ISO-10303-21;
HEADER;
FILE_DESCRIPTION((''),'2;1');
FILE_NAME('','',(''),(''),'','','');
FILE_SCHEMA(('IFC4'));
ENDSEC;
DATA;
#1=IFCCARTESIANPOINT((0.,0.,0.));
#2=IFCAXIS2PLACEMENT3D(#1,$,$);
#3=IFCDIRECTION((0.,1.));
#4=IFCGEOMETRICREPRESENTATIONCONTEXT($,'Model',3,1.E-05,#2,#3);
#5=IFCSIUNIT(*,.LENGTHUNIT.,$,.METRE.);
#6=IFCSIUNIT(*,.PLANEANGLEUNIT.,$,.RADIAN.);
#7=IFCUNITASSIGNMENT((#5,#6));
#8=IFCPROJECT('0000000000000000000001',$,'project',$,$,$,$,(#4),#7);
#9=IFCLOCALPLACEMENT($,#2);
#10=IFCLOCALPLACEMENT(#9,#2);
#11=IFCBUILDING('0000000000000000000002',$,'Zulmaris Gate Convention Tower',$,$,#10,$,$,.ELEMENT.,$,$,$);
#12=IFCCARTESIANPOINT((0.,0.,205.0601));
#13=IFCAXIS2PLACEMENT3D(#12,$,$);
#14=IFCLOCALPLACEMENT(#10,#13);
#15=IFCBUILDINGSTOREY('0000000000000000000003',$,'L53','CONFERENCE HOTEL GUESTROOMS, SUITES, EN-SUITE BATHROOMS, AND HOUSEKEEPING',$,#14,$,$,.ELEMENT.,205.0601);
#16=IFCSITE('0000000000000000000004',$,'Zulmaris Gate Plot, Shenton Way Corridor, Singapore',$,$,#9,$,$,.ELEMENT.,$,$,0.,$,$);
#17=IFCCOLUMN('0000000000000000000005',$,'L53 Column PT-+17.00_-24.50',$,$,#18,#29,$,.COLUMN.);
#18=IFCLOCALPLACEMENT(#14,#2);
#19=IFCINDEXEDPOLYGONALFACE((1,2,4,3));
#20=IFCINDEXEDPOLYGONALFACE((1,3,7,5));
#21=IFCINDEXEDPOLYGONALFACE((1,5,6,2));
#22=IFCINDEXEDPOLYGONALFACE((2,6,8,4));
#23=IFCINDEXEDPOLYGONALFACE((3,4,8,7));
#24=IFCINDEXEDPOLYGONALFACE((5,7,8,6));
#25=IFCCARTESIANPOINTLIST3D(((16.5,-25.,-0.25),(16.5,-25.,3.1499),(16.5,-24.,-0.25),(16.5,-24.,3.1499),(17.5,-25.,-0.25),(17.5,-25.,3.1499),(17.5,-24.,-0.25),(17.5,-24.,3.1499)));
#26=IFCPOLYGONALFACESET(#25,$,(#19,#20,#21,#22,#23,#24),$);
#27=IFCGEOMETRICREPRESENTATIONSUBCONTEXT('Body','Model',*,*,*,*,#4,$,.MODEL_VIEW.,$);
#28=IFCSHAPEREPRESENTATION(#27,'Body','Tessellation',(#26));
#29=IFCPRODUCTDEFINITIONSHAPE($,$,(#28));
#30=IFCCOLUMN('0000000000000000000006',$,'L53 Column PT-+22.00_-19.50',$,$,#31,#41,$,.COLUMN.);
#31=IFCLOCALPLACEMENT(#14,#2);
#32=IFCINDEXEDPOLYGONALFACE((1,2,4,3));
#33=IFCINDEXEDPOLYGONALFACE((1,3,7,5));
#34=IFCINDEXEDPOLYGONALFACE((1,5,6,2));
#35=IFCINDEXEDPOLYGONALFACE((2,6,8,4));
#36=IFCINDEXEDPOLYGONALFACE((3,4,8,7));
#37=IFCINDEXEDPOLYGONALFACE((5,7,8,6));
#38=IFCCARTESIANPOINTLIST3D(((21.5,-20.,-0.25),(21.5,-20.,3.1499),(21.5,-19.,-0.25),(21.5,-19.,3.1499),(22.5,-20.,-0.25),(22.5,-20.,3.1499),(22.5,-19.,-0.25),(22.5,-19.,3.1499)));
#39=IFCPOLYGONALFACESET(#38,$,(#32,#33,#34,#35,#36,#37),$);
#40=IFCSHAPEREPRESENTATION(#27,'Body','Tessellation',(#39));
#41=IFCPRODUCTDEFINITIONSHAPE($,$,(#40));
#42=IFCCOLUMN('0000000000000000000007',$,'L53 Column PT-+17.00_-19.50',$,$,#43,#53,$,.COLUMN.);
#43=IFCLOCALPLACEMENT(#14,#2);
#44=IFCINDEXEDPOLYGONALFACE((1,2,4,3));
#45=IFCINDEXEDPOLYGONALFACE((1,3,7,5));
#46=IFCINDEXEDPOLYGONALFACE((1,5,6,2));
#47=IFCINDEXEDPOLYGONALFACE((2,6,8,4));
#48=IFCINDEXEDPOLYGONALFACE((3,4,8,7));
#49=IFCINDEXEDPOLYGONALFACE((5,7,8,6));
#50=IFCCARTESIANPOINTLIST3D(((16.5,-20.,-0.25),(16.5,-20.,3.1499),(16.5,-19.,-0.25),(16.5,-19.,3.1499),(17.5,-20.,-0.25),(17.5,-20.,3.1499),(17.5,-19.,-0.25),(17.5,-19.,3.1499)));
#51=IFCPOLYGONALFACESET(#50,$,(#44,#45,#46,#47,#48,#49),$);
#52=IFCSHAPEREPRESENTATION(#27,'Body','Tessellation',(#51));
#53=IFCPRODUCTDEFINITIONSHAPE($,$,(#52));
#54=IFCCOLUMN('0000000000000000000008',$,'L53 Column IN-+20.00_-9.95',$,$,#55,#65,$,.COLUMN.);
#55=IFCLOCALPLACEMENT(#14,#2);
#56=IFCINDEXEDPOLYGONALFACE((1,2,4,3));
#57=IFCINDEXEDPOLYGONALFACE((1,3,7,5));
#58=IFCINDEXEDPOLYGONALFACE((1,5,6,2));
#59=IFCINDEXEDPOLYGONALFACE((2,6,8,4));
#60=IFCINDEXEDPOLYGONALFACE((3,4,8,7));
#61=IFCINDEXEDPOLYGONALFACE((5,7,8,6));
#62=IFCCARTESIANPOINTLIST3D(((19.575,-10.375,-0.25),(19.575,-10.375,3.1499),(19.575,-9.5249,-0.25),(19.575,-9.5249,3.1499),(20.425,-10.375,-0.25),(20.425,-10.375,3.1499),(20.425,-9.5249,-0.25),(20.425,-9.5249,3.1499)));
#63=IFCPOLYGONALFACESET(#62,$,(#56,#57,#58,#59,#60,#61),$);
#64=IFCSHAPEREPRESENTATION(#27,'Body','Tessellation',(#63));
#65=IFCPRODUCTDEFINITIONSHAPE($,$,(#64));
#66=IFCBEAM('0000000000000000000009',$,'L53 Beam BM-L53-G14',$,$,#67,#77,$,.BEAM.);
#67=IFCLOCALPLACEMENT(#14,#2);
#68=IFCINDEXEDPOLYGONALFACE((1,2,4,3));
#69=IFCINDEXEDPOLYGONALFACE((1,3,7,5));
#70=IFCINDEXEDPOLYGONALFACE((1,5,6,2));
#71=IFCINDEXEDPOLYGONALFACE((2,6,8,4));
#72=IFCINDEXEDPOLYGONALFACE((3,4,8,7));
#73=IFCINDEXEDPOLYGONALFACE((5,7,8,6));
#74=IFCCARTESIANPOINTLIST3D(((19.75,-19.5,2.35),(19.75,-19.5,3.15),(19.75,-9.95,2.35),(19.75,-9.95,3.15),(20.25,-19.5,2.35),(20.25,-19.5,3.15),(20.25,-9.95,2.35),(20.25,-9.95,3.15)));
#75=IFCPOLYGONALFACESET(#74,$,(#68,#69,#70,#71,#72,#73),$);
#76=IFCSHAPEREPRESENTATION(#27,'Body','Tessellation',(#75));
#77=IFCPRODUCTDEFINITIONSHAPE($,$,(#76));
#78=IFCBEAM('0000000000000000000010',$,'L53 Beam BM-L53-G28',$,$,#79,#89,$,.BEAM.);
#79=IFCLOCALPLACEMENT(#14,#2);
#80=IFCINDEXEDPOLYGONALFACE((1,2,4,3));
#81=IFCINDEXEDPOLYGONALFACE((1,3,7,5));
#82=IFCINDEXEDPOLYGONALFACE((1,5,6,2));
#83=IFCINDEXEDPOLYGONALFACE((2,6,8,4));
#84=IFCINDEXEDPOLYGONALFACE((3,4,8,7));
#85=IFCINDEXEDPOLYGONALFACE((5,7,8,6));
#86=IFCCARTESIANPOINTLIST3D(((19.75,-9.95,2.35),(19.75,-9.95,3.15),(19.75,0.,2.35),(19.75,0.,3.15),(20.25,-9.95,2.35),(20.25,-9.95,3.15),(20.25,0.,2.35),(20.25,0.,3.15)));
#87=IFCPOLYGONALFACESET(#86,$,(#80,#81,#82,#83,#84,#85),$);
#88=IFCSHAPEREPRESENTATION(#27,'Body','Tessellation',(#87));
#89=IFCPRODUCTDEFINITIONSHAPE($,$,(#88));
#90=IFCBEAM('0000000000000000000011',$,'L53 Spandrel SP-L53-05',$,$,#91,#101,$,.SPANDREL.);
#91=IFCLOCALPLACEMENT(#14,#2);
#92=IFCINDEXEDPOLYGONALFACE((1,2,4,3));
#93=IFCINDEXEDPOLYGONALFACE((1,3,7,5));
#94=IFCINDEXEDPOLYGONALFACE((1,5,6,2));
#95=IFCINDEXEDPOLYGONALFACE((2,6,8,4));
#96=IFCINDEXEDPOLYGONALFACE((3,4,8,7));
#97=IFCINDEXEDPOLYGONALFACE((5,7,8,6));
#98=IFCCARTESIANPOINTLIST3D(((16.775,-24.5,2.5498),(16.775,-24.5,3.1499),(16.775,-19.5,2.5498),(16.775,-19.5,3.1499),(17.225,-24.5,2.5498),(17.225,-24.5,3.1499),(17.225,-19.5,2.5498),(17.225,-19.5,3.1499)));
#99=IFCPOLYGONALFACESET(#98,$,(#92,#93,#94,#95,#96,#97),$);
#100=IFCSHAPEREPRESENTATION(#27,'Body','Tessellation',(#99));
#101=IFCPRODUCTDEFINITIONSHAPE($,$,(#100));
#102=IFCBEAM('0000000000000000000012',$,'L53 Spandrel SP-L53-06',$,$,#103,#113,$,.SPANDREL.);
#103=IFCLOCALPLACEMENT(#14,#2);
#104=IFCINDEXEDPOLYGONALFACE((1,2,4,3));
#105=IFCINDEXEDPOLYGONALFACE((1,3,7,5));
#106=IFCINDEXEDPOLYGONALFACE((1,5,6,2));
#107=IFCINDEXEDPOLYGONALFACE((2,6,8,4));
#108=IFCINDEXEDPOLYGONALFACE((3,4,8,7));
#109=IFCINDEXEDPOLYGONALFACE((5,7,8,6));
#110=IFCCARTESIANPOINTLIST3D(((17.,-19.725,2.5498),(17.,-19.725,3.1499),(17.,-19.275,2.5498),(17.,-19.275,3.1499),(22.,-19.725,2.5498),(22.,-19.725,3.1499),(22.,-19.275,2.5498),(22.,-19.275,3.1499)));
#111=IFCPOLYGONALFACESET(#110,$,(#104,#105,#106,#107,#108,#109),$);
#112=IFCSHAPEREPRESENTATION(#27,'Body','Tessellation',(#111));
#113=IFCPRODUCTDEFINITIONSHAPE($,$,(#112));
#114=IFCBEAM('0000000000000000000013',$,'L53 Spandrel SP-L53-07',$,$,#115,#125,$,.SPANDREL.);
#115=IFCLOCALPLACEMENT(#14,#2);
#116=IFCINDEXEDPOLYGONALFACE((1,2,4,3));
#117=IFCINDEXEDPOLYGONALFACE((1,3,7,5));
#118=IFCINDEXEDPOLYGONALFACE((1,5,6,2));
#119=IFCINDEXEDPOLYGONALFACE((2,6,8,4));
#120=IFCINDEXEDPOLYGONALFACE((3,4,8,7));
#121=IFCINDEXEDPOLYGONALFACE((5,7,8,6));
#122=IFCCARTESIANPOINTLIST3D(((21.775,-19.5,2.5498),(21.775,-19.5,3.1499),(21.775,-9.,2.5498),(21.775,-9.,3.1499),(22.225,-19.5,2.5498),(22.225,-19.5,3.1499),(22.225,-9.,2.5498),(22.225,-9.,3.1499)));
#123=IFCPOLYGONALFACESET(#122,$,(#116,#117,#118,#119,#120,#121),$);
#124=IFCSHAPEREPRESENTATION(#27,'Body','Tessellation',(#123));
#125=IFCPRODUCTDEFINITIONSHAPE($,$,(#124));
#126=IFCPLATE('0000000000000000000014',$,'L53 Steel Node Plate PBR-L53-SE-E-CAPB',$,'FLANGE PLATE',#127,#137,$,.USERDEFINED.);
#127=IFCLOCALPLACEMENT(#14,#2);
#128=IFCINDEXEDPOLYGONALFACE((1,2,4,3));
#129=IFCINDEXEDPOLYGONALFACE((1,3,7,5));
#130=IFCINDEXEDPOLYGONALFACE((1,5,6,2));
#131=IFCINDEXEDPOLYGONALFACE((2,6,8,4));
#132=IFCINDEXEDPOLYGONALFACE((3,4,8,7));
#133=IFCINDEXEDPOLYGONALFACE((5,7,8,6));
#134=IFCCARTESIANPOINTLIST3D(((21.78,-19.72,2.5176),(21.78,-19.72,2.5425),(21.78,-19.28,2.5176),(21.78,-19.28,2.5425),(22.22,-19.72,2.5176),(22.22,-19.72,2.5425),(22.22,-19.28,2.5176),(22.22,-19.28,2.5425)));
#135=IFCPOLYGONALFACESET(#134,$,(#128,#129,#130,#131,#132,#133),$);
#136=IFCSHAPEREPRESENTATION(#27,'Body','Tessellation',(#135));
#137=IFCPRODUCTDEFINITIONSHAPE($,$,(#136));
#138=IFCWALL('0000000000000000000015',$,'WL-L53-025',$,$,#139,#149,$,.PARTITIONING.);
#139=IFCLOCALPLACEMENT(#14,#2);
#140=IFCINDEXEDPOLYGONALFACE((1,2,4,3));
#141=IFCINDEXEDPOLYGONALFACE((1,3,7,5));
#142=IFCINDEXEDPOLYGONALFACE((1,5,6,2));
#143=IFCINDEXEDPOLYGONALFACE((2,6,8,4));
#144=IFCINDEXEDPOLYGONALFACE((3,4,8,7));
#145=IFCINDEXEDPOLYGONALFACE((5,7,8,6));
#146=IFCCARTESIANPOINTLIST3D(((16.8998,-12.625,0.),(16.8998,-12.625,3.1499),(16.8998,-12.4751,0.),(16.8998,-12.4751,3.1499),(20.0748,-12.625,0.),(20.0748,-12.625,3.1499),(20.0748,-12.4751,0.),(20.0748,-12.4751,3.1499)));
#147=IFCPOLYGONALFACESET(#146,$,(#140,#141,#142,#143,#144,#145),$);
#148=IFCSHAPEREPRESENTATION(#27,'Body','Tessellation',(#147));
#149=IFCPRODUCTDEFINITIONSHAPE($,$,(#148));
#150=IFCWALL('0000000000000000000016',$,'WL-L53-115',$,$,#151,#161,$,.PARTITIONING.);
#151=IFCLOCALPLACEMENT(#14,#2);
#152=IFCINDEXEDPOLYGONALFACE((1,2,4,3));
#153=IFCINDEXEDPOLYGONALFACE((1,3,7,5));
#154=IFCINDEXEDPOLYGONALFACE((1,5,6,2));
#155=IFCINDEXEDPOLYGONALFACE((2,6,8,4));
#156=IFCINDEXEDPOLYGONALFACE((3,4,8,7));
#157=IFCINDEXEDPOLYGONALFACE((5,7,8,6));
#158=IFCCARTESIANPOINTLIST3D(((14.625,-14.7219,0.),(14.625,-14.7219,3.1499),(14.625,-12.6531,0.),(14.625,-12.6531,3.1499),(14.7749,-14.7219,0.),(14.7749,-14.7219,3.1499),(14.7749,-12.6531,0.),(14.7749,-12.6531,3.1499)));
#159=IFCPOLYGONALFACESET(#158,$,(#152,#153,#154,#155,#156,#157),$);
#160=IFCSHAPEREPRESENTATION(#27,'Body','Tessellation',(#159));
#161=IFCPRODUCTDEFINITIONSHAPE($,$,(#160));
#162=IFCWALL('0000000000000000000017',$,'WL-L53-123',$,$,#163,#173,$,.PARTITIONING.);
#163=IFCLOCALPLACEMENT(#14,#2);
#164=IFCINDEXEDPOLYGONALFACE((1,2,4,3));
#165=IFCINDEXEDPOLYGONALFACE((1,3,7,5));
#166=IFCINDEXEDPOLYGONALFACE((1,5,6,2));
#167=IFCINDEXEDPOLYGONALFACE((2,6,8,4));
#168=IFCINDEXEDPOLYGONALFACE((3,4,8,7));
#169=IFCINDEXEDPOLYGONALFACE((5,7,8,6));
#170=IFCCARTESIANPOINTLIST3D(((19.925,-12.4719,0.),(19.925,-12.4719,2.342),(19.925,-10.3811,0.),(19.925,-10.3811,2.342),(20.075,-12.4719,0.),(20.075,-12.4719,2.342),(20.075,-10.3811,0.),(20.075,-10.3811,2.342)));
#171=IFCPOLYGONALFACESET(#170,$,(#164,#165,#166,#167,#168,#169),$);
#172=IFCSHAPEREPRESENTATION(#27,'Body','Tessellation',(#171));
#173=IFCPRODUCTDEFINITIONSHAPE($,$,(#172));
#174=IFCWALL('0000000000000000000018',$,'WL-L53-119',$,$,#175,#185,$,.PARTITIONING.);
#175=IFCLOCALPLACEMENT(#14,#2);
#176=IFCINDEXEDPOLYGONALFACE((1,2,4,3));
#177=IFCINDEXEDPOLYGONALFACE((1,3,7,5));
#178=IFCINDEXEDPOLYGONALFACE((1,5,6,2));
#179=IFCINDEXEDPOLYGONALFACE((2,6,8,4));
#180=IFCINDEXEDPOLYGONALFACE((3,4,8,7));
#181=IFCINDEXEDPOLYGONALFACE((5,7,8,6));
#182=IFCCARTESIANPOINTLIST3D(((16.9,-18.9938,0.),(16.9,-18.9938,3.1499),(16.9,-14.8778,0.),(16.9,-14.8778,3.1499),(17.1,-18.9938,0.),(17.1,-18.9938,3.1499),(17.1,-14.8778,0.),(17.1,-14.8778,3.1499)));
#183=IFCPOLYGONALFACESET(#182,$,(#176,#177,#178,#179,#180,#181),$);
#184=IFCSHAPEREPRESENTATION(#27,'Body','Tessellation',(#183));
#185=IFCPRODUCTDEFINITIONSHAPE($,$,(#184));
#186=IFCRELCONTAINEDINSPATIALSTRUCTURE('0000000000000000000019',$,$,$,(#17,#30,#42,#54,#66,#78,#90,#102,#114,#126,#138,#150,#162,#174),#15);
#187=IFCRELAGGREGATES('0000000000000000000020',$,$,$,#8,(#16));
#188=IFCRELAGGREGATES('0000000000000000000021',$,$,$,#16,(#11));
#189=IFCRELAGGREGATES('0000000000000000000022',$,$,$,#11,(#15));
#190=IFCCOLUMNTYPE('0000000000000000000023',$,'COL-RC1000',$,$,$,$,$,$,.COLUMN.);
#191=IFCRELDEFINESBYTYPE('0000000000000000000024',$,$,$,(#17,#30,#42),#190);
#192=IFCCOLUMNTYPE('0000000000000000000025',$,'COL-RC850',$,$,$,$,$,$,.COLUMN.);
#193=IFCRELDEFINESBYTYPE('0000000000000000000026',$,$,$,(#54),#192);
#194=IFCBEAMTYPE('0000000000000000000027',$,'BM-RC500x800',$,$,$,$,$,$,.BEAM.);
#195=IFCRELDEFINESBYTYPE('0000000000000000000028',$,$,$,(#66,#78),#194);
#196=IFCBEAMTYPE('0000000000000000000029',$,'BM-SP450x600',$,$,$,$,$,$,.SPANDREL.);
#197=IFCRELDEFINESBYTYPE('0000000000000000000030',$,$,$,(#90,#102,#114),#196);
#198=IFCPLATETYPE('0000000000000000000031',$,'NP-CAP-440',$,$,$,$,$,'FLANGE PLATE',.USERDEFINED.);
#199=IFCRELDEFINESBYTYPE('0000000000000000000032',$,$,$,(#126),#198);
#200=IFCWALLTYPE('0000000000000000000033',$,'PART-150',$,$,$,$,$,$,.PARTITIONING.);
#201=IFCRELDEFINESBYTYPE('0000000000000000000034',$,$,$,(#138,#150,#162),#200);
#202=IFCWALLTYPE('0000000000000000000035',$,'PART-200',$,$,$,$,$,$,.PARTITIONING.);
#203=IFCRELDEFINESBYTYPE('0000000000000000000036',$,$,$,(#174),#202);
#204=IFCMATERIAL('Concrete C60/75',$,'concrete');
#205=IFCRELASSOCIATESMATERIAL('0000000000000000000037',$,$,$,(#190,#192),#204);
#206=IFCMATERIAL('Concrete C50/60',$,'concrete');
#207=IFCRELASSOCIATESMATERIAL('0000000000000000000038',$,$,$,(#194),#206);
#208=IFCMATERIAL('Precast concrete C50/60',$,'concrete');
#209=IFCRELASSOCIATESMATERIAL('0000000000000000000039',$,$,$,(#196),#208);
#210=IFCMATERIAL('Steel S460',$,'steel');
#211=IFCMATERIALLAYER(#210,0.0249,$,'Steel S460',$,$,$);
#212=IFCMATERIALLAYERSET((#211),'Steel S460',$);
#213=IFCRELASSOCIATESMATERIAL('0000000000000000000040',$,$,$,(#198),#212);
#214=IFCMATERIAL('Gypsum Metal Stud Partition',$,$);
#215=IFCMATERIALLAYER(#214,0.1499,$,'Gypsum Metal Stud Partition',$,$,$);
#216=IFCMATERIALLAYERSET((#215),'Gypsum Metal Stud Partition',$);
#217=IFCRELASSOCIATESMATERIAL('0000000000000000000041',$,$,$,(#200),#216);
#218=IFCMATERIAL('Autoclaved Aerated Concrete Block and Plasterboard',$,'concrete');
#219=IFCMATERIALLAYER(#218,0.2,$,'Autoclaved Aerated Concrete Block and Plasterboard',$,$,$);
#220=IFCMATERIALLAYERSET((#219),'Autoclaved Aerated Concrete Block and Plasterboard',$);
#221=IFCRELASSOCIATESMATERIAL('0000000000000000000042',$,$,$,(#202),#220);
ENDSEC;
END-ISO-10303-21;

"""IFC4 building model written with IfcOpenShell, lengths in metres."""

from ifc_helpers import new_model, si_unit, direction, frame, frame_2d, origin, origin_2d, place, context, subcontext, project, spatial, rectangle, extrude, material, layer, layer_set, material_profile, profile_set, type_object, element, save


model = new_model("IFC4")

# Units and contexts
model_context = context("Model", 3, precision=1e-05, world=origin(), true_north=direction((0.0, 1.0)))
body_context = subcontext(model_context, "Body", "Model", "MODEL_VIEW")
ifc_project = project(units=[si_unit("LENGTHUNIT", "METRE"), si_unit("PLANEANGLEUNIT", "RADIAN")], contexts=[model_context])

# Site, building, storey
site_placement = place(None, origin())
site = spatial("IfcSite", under=ifc_project, at=site_placement, Name="Zulmaris Gate Plot, Shenton Way Corridor, Singapore", CompositionType="ELEMENT", RefElevation=0.0)
building_placement = place(site_placement, origin())
building = spatial("IfcBuilding", under=site, at=building_placement, Name="Zulmaris Gate Convention Tower", CompositionType="ELEMENT")
storey_placement = place(building_placement, frame((0.0, 0.0, 205.0601)))
storey = spatial("IfcBuildingStorey", under=building, at=storey_placement, Name="L53", Description="CONFERENCE HOTEL GUESTROOMS, SUITES, EN-SUITE BATHROOMS, AND HOUSEKEEPING", CompositionType="ELEMENT", Elevation=205.0601)

# Columns
ifc_material_1 = material(Name="Concrete C60/75", Category="concrete")
ifc_material_profile_1 = material_profile(ifc_material_1, rectangle(XDim=1.0, YDim=1.0, at=origin_2d()), Name="RC COL 1000x1000")
ifc_profile_set_1 = profile_set([ifc_material_profile_1], Name="Concrete C60/75")
column_type_1 = type_object("IfcColumnType", Name="COL-RC1000", PredefinedType="COLUMN", material=ifc_profile_set_1)
for number, where, z_axis, x_axis, name in (
    (1, (17.0, -24.5, -0.25), (0.0, 0.0, 1.0), (1.0, 0.0, 0.0), "L53 Column PT-+17.00_-24.50"),
    (2, (22.0, -19.5, -0.25), (0.0, 0.0, 1.0), (1.0, 0.0, 0.0), "L53 Column PT-+22.00_-19.50"),
    (3, (17.0, -19.5, -0.25), (0.0, 0.0, 1.0), (1.0, 0.0, 0.0), "L53 Column PT-+17.00_-19.50"),
):
    element("IfcColumn", number, at=place(storey_placement, frame(where, z_axis=z_axis, x_axis=x_axis)), inside=storey, type_object=column_type_1, Name=name, PredefinedType="COLUMN", context=body_context, shape_type="SweptSolid", body=[
        extrude(rectangle(XDim=1.0, YDim=1.0, at=origin_2d()), origin(), (0.0, 0.0, 1.0), 3.3999),
    ])
ifc_material_profile_2 = material_profile(ifc_material_1, rectangle(XDim=0.8501, YDim=0.8501, at=origin_2d()), Name="RC COL 850x850")
ifc_profile_set_2 = profile_set([ifc_material_profile_2], Name="Concrete C60/75")
column_type_2 = type_object("IfcColumnType", Name="COL-RC850", PredefinedType="COLUMN", material=ifc_profile_set_2)
column_placement = place(storey_placement, frame((20.0, -9.95, -0.25), z_axis=(0.0, 0.0, 1.0), x_axis=(1.0, 0.0, 0.0)))
element("IfcColumn", 4, at=column_placement, inside=storey, type_object=column_type_2, Name="L53 Column IN-+20.00_-9.95", PredefinedType="COLUMN", context=body_context, shape_type="SweptSolid", body=[
    extrude(rectangle(XDim=0.8501, YDim=0.8501, at=origin_2d()), origin(), (0.0, 0.0, 1.0), 3.3999),
])

# Beams
ifc_material_2 = material(Name="Concrete C50/60", Category="concrete")
ifc_material_profile_3 = material_profile(ifc_material_2, rectangle(XDim=0.5, YDim=0.8, at=origin_2d()), Name="RC BEAM 500x800")
ifc_profile_set_3 = profile_set([ifc_material_profile_3], Name="Concrete C50/60")
beam_type_1 = type_object("IfcBeamType", Name="BM-RC500x800", PredefinedType="BEAM", material=ifc_profile_set_3)
beam_1_placement = place(storey_placement, frame((20.0, -19.5, 2.75), z_axis=(0.0, 1.0, 0.0), x_axis=(-1.0, 0.0, 0.0)))
element("IfcBeam", 5, at=beam_1_placement, inside=storey, type_object=beam_type_1, Name="L53 Beam BM-L53-G14", PredefinedType="BEAM", context=body_context, shape_type="SweptSolid", body=[
    extrude(rectangle(XDim=0.5, YDim=0.8, at=origin_2d()), origin(), (0.0, 0.0, 1.0), 9.55),
])
beam_2_placement = place(storey_placement, frame((20.0, -9.95, 2.75), z_axis=(0.0, 1.0, 0.0), x_axis=(-1.0, 0.0, 0.0)))
element("IfcBeam", 6, at=beam_2_placement, inside=storey, type_object=beam_type_1, Name="L53 Beam BM-L53-G28", PredefinedType="BEAM", context=body_context, shape_type="SweptSolid", body=[
    extrude(rectangle(XDim=0.5, YDim=0.8, at=origin_2d()), origin(), (0.0, 0.0, 1.0), 9.95),
])
ifc_material_3 = material(Name="Precast concrete C50/60", Category="concrete")
ifc_material_profile_4 = material_profile(ifc_material_3, rectangle(XDim=0.45, YDim=0.6001, at=origin_2d()), Name="RC SPANDREL 450x600")
ifc_profile_set_4 = profile_set([ifc_material_profile_4], Name="Precast concrete C50/60")
beam_type_2 = type_object("IfcBeamType", Name="BM-SP450x600", PredefinedType="SPANDREL", material=ifc_profile_set_4)
for number, where, z_axis, x_axis, name in (
    (7, (17.0, -24.5, 2.8499), (0.0, 1.0, 0.0), (-1.0, 0.0, 0.0), "L53 Spandrel SP-L53-05"),
    (8, (17.0, -19.5, 2.8499), (1.0, 0.0, 0.0), (0.0, 1.0, 0.0), "L53 Spandrel SP-L53-06"),
):
    element("IfcBeam", number, at=place(storey_placement, frame(where, z_axis=z_axis, x_axis=x_axis)), inside=storey, type_object=beam_type_2, Name=name, PredefinedType="SPANDREL", context=body_context, shape_type="SweptSolid", body=[
        extrude(rectangle(XDim=0.45, YDim=0.6001, at=origin_2d()), origin(), (0.0, 0.0, 1.0), 5.0),
    ])
beam_3_placement = place(storey_placement, frame((22.0, -19.5, 2.8499), z_axis=(0.0, 1.0, 0.0), x_axis=(-1.0, 0.0, 0.0)))
element("IfcBeam", 9, at=beam_3_placement, inside=storey, type_object=beam_type_2, Name="L53 Spandrel SP-L53-07", PredefinedType="SPANDREL", context=body_context, shape_type="SweptSolid", body=[
    extrude(rectangle(XDim=0.45, YDim=0.6001, at=origin_2d()), origin(), (0.0, 0.0, 1.0), 10.5),
])

# Plate
ifc_material_4 = material(Name="Steel S460", Category="steel")
ifc_layer_1 = layer(ifc_material_4, 0.0249, Name="Steel S460")
ifc_layer_set_1 = layer_set([ifc_layer_1], Name="Steel S460")
plate_type = type_object("IfcPlateType", Name="NP-CAP-440", ElementType="FLANGE PLATE", PredefinedType="USERDEFINED", material=ifc_layer_set_1)
plate_placement = place(storey_placement, frame((22.0, -19.5, 2.5176), z_axis=(0.0, 0.0, 1.0), x_axis=(1.0, 0.0, 0.0)))
element("IfcPlate", 10, at=plate_placement, inside=storey, type_object=plate_type, Name="L53 Steel Node Plate PBR-L53-SE-E-CAPB", ObjectType="FLANGE PLATE", PredefinedType="USERDEFINED", context=body_context, shape_type="SweptSolid", body=[
    extrude(rectangle(XDim=0.4399, YDim=0.4399, at=origin_2d()), origin(), (0.0, 0.0, 1.0), 0.0249),
])

# Walls
ifc_material_5 = material(Name="Gypsum Metal Stud Partition")
ifc_layer_2 = layer(ifc_material_5, 0.1499, Name="Gypsum Metal Stud Partition")
ifc_layer_set_2 = layer_set([ifc_layer_2], Name="Gypsum Metal Stud Partition")
wall_type_1 = type_object("IfcWallType", Name="PART-150", PredefinedType="PARTITIONING", material=ifc_layer_set_2)
wall_1_placement = place(storey_placement, frame((16.8999, -12.55, 0.0), z_axis=(0.0, 0.0, 1.0), x_axis=(1.0, 0.0, 0.0)))
element("IfcWall", 11, at=wall_1_placement, inside=storey, type_object=wall_type_1, Name="WL-L53-025", PredefinedType="PARTITIONING", context=body_context, shape_type="SweptSolid", body=[
    extrude(rectangle(XDim=3.175, YDim=0.1499, at=frame_2d((1.5874, 0.0))), origin(), (0.0, 0.0, 1.0), 3.1499),
])
wall_2_placement = place(storey_placement, frame((14.7, -14.7219, 0.0), z_axis=(0.0, 0.0, 1.0), x_axis=(0.0, 1.0, 0.0)))
element("IfcWall", 12, at=wall_2_placement, inside=storey, type_object=wall_type_1, Name="WL-L53-115", PredefinedType="PARTITIONING", context=body_context, shape_type="SweptSolid", body=[
    extrude(rectangle(XDim=2.0688, YDim=0.1499, at=frame_2d((1.0344, 0.0))), origin(), (0.0, 0.0, 1.0), 3.1499),
])
wall_3_placement = place(storey_placement, frame((20.0, -12.4719, 0.0), z_axis=(0.0, 0.0, 1.0), x_axis=(0.0, 1.0, 0.0)))
element("IfcWall", 13, at=wall_3_placement, inside=storey, type_object=wall_type_1, Name="WL-L53-123", PredefinedType="PARTITIONING", context=body_context, shape_type="SweptSolid", body=[
    extrude(rectangle(XDim=2.0908, YDim=0.1499, at=frame_2d((1.0454, 0.0))), origin(), (0.0, 0.0, 1.0), 2.342),
])
ifc_material_6 = material(Name="Autoclaved Aerated Concrete Block and Plasterboard", Category="concrete")
ifc_layer_3 = layer(ifc_material_6, 0.2, Name="Autoclaved Aerated Concrete Block and Plasterboard")
ifc_layer_set_3 = layer_set([ifc_layer_3], Name="Autoclaved Aerated Concrete Block and Plasterboard")
wall_type_2 = type_object("IfcWallType", Name="PART-200", PredefinedType="PARTITIONING", material=ifc_layer_set_3)
wall_4_placement = place(storey_placement, frame((17.0, -18.9939, 0.0), z_axis=(0.0, 0.0, 1.0), x_axis=(0.0, 1.0, 0.0)))
element("IfcWall", 14, at=wall_4_placement, inside=storey, type_object=wall_type_2, Name="WL-L53-119", PredefinedType="PARTITIONING", context=body_context, shape_type="SweptSolid", body=[
    extrude(rectangle(XDim=4.116, YDim=0.2, at=frame_2d((2.0581, 0.0))), origin(), (0.0, 0.0, 1.0), 3.1499),
])

save(model, "model.ifc")
